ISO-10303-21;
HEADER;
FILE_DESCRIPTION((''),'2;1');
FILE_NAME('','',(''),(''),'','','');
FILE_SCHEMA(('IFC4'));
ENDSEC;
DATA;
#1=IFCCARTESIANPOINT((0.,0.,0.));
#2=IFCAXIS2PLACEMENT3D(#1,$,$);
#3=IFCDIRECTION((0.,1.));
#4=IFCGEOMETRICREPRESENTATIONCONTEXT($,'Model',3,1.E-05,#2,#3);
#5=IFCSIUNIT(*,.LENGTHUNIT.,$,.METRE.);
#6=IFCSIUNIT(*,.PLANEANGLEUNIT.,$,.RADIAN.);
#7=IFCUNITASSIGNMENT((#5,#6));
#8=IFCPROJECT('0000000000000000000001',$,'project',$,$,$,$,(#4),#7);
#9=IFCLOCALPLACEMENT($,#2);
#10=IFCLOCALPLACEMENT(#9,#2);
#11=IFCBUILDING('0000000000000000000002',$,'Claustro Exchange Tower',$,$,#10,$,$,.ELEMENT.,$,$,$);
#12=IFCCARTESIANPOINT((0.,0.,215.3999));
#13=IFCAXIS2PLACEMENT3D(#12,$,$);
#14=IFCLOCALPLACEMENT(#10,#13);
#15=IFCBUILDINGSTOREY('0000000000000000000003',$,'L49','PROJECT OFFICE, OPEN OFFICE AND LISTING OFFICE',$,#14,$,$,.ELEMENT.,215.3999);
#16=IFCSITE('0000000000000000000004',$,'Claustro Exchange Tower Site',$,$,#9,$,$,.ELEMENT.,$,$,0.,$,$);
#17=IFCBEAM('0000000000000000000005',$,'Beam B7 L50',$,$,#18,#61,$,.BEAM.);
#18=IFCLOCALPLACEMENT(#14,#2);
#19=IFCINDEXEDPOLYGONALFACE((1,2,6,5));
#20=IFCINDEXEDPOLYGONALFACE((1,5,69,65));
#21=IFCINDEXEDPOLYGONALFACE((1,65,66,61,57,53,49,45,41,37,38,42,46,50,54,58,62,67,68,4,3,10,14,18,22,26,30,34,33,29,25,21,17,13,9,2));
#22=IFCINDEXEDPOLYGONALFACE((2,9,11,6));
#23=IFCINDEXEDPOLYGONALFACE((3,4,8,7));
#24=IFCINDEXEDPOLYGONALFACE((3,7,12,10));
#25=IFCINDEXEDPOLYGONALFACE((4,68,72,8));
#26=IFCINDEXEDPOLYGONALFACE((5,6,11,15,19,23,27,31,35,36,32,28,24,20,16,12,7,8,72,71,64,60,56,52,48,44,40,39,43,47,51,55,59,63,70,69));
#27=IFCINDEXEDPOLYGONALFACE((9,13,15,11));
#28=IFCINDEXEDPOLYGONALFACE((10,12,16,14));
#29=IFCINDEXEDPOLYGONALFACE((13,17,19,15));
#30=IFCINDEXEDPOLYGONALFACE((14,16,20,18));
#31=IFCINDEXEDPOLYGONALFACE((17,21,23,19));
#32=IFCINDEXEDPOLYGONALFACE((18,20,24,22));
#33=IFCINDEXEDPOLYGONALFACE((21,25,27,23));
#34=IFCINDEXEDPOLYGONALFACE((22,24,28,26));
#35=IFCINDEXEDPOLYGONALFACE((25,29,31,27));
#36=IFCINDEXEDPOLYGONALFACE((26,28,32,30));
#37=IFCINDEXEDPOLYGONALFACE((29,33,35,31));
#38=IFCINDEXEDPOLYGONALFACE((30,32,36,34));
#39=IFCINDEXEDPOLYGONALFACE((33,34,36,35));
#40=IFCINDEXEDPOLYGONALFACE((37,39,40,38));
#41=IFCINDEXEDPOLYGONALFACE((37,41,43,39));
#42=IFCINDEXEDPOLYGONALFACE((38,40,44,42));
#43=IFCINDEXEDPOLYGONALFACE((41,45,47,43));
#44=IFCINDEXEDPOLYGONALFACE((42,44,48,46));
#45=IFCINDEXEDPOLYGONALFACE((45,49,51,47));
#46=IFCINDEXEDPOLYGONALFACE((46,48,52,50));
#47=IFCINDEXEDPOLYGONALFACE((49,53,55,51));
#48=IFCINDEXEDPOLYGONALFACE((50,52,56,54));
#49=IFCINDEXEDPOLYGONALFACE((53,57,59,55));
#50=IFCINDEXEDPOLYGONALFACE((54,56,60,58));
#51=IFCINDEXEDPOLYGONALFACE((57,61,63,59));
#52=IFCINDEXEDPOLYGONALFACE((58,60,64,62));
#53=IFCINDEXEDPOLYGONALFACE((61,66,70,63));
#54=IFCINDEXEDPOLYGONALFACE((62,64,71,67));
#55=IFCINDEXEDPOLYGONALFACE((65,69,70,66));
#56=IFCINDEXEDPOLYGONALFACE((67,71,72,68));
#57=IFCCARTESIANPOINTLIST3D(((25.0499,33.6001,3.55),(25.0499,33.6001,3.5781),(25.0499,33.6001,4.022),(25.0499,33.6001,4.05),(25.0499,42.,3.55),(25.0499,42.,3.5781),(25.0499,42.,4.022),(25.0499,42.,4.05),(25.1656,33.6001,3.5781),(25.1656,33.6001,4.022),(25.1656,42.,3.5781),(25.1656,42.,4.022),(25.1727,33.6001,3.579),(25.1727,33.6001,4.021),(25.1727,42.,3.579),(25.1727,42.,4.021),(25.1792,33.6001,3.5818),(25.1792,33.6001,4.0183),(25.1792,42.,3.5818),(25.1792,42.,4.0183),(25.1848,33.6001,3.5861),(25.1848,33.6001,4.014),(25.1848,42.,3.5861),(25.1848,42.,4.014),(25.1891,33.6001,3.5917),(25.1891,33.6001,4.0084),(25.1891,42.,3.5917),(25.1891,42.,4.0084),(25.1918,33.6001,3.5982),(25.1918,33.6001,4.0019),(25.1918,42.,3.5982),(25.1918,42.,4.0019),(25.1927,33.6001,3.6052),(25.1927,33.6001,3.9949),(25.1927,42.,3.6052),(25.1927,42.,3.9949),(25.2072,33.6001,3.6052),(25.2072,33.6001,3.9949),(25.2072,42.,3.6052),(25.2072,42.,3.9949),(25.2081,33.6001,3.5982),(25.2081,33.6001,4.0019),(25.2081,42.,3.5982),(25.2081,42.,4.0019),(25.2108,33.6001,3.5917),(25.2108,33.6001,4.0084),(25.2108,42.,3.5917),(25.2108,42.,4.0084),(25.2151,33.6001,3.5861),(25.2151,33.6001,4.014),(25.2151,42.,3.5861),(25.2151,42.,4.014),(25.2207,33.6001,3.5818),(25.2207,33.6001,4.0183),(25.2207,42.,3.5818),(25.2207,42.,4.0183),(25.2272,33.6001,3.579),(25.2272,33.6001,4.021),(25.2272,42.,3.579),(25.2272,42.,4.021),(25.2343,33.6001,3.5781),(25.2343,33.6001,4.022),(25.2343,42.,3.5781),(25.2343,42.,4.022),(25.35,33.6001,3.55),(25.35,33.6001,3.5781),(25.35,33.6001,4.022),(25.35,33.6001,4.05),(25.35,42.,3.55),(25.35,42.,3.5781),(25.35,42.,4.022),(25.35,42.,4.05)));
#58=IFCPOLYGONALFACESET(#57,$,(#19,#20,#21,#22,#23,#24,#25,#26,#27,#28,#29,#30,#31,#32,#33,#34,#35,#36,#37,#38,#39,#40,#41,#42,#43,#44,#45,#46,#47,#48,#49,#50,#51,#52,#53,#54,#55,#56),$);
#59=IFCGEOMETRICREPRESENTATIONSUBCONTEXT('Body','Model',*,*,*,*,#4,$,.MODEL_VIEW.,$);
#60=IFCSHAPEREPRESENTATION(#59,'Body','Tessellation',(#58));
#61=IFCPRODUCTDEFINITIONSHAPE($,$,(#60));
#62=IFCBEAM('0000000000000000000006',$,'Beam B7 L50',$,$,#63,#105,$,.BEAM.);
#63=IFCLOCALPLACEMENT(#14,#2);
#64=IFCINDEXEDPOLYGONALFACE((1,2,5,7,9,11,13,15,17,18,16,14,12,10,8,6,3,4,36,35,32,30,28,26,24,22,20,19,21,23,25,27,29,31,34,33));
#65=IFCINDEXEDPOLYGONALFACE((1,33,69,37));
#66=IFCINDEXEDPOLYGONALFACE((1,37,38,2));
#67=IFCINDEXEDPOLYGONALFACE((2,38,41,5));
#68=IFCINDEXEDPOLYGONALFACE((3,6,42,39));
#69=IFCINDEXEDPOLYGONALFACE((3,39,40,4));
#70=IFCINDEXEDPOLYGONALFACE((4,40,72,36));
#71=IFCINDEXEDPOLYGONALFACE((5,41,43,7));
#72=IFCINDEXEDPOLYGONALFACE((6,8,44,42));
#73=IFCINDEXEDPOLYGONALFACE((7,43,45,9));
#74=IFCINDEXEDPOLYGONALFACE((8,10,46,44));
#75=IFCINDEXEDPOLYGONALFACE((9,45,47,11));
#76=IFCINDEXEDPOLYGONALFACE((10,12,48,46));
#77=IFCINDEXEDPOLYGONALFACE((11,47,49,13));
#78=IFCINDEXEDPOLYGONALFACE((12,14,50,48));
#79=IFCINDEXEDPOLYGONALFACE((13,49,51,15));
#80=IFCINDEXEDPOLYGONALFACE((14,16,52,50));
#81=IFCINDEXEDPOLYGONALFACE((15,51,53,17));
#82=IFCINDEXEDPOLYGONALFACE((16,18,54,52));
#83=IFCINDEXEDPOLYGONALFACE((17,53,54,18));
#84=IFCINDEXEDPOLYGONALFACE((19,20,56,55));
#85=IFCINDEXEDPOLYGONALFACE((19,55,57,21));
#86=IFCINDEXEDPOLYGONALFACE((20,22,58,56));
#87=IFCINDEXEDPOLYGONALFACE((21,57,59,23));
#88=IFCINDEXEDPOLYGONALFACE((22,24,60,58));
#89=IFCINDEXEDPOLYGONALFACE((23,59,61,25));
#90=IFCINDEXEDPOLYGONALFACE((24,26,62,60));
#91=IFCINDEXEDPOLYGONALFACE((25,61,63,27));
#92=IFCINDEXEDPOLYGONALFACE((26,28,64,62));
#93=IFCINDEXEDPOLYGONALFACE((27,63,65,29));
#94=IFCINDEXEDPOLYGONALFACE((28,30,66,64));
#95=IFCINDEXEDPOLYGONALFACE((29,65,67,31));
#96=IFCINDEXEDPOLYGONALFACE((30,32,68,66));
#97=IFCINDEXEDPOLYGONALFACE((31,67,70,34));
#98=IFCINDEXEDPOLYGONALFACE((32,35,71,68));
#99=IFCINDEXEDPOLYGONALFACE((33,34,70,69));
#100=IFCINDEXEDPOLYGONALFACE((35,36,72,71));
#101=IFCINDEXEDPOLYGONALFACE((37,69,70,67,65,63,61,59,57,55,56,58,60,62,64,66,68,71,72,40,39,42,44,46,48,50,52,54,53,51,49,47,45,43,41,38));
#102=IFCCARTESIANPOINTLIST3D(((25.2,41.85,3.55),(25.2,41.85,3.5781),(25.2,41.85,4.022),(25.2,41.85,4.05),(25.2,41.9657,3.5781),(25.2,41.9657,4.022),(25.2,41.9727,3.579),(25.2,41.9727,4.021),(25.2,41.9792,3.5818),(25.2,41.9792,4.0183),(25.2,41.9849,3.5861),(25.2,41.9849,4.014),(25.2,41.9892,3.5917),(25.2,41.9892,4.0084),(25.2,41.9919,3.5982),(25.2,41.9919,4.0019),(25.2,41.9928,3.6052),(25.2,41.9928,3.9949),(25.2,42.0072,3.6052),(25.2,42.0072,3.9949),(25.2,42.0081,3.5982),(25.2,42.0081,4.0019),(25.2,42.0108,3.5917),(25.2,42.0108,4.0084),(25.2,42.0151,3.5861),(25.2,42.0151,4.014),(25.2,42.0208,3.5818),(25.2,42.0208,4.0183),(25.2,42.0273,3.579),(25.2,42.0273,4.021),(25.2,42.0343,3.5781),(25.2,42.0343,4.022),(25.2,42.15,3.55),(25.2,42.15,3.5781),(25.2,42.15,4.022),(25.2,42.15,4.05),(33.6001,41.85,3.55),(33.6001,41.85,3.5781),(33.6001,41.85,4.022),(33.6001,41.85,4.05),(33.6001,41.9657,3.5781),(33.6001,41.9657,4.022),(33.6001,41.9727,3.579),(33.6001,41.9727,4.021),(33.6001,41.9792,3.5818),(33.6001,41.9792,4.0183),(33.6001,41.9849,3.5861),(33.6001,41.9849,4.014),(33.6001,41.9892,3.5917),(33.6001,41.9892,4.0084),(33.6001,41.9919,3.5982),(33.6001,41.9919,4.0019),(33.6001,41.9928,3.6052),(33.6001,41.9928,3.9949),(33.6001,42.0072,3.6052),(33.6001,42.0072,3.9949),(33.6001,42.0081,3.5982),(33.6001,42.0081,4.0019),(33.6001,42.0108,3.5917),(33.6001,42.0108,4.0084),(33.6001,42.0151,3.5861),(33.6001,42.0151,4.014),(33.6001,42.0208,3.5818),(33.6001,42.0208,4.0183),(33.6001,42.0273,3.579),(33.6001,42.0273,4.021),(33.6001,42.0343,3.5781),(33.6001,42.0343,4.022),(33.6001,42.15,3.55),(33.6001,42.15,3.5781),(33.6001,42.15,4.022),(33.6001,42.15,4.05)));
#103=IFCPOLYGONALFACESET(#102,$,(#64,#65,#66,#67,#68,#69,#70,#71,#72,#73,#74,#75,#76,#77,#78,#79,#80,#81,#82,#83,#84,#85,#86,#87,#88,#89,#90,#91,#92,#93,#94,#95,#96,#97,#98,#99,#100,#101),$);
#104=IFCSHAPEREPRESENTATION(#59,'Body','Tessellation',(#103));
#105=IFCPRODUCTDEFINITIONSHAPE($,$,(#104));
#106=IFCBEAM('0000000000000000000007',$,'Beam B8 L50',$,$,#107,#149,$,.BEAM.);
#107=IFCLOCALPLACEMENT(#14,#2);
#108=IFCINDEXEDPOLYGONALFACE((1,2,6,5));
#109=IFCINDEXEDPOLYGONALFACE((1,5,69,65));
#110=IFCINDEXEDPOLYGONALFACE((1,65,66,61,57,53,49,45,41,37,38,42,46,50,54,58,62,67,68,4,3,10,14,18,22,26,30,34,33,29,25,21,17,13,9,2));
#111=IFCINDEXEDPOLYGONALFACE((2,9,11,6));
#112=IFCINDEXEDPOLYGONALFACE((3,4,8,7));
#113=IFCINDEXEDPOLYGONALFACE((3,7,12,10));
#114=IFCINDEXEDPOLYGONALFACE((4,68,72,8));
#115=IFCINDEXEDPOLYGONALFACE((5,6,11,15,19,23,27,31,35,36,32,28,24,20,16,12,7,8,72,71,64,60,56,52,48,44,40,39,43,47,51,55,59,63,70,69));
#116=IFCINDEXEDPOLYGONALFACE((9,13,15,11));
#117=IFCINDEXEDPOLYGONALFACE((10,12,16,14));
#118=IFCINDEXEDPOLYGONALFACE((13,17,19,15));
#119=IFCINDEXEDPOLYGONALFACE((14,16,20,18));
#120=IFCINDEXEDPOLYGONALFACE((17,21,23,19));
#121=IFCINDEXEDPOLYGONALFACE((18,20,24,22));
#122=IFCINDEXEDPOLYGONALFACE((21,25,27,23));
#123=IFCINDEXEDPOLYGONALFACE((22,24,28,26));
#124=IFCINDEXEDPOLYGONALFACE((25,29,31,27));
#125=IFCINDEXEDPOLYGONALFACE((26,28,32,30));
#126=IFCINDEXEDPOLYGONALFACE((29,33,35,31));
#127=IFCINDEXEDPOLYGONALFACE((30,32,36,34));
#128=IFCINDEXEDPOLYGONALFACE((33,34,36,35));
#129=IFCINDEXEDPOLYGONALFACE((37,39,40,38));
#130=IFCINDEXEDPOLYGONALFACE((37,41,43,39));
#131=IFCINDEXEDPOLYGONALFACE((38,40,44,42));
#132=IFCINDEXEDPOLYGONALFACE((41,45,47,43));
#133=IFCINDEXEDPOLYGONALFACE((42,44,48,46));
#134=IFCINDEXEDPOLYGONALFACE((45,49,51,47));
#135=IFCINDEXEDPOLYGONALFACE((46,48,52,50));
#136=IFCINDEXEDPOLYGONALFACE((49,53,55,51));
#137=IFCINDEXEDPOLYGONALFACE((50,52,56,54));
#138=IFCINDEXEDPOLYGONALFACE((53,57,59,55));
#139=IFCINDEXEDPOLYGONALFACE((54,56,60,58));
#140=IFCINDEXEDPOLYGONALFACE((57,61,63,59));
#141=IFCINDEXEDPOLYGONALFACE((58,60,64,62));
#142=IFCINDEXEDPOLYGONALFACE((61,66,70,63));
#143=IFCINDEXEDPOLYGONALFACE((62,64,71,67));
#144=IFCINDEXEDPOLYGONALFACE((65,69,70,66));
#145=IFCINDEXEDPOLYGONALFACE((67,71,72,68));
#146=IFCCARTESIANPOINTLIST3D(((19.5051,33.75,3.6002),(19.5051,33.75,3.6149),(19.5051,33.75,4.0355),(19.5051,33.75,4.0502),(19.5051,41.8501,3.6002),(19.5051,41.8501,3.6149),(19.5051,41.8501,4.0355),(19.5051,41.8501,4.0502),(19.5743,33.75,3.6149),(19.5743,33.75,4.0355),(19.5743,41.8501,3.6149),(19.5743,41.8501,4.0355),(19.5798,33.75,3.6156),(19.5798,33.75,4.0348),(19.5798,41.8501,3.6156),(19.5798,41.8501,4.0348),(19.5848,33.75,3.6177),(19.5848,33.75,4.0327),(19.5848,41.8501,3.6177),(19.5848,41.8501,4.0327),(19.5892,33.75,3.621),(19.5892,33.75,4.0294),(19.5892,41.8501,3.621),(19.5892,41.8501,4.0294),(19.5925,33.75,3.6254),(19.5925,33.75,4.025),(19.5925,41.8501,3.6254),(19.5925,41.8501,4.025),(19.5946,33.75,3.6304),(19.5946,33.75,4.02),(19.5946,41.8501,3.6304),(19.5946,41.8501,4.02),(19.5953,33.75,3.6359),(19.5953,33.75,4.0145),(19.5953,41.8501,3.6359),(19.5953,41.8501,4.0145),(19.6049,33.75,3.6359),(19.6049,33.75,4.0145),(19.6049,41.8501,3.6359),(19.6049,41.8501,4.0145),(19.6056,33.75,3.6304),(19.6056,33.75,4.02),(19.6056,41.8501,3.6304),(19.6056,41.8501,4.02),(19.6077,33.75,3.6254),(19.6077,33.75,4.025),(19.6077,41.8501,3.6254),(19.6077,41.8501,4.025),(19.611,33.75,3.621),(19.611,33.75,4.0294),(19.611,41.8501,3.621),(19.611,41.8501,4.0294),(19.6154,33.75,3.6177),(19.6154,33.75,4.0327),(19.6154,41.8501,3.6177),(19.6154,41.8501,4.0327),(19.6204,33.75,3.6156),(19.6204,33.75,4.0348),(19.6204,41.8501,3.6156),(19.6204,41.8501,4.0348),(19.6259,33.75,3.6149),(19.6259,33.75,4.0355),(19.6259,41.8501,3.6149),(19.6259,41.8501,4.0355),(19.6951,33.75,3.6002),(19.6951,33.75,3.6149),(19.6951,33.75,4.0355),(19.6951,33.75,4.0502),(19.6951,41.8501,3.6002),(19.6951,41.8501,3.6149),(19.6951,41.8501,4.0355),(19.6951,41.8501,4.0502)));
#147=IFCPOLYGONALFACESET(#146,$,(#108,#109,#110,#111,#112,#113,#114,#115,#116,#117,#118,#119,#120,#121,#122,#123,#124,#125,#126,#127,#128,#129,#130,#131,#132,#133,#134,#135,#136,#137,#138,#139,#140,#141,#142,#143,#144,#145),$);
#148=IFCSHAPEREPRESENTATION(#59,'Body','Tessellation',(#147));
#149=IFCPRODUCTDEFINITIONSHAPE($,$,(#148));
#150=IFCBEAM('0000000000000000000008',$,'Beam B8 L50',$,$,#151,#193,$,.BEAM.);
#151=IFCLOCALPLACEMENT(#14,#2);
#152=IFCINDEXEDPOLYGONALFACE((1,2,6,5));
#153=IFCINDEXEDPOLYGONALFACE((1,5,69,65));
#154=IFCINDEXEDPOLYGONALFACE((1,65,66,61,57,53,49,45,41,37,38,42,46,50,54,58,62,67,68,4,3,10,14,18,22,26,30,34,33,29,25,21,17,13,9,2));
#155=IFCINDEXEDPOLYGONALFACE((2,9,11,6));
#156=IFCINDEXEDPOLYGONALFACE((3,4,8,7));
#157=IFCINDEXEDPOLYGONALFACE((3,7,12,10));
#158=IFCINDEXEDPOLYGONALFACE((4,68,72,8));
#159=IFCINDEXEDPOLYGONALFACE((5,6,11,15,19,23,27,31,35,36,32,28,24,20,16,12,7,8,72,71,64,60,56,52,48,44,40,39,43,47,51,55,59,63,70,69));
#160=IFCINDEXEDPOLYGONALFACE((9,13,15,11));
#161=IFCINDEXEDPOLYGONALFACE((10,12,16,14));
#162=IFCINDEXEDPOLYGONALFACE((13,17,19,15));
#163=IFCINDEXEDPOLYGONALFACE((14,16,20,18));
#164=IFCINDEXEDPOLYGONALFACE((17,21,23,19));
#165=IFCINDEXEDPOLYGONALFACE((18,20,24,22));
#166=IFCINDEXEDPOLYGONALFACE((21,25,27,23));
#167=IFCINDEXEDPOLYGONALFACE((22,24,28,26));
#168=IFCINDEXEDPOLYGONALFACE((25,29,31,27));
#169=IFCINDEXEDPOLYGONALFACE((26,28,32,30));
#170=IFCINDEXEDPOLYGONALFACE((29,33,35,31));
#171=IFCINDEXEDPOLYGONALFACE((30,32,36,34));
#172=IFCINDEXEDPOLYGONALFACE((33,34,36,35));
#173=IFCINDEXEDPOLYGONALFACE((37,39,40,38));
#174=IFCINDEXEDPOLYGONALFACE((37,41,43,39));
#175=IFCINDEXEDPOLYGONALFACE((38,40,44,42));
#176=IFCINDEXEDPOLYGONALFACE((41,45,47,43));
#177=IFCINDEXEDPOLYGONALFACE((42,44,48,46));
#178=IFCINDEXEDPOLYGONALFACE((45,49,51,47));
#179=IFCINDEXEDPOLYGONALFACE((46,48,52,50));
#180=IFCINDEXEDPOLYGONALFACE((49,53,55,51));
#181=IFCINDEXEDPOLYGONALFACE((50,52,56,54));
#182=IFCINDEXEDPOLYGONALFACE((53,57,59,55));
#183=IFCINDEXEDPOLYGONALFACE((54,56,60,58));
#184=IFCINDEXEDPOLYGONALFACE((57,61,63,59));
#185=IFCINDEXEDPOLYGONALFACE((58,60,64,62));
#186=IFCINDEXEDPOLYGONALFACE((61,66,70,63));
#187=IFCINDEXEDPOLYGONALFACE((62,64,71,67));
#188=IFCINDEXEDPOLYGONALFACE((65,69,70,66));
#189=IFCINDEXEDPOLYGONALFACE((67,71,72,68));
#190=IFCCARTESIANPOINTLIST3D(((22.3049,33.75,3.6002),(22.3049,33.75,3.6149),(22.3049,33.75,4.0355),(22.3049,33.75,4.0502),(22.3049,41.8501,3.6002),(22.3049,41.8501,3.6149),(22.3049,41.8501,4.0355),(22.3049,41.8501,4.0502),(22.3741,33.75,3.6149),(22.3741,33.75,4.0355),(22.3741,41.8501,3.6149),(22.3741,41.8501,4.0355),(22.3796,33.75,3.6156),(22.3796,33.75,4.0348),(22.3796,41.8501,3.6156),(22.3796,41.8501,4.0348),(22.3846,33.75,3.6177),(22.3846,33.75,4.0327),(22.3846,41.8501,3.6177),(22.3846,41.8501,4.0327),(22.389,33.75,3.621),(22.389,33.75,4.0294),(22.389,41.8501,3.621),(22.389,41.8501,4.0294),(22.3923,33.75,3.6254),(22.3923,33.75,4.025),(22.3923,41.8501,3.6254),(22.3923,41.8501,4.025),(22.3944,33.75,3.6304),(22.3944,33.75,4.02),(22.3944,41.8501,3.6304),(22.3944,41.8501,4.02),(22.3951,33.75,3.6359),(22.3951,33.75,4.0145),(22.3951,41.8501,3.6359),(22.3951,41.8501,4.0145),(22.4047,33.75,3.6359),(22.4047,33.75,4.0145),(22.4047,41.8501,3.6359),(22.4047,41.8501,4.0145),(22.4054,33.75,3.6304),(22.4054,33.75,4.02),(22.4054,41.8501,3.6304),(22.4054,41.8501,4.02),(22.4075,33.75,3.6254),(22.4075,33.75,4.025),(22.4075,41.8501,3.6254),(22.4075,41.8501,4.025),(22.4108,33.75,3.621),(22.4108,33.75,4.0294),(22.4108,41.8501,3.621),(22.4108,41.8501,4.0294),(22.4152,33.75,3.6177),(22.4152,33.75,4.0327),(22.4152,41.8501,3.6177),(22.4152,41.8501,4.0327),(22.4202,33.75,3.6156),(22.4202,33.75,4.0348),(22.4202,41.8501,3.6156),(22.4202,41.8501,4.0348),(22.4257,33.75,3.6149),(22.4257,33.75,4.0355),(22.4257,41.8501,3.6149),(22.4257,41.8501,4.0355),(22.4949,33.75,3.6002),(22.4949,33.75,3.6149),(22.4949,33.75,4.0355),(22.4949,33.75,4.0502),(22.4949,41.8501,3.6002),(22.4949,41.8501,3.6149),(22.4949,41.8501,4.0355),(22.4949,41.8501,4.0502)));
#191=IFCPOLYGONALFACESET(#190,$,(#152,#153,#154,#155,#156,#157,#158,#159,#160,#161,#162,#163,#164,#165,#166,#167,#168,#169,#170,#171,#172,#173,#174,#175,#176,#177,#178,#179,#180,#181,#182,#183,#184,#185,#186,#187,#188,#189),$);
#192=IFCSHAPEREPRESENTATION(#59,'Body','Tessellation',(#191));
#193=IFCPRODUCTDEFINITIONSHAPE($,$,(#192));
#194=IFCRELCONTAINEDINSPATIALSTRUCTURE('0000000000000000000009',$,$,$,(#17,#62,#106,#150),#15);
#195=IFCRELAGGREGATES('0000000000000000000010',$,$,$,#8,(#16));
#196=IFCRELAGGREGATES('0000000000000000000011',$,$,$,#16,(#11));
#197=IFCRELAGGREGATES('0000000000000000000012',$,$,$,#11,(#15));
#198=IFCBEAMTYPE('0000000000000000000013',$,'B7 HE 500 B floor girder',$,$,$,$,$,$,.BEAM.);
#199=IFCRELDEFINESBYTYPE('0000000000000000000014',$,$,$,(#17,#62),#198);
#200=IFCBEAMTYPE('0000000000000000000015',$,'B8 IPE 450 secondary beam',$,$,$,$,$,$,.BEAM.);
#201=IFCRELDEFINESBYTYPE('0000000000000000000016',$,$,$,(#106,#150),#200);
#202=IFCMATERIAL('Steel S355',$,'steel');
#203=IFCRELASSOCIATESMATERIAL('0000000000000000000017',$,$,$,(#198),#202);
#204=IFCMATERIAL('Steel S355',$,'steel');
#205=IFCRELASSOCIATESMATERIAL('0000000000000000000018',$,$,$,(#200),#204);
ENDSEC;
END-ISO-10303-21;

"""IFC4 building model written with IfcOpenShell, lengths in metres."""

from ifc_helpers import new_model, si_unit, direction, frame, origin, origin_2d, place, context, subcontext, project, spatial, i_section, extrude, material, material_profile, profile_set, type_object, element, save


model = new_model("IFC4")

# Units and contexts
model_context = context("Model", 3, precision=1e-05, world=origin(), true_north=direction((0.0, 1.0)))
body_context = subcontext(model_context, "Body", "Model", "MODEL_VIEW")
ifc_project = project(units=[si_unit("LENGTHUNIT", "METRE"), si_unit("PLANEANGLEUNIT", "RADIAN")], contexts=[model_context])

# Site, building, storey
site_placement = place(None, origin())
site = spatial("IfcSite", under=ifc_project, at=site_placement, Name="Claustro Exchange Tower Site", CompositionType="ELEMENT", RefElevation=0.0)
building_placement = place(site_placement, origin())
building = spatial("IfcBuilding", under=site, at=building_placement, Name="Claustro Exchange Tower", CompositionType="ELEMENT")
storey_placement = place(building_placement, frame((0.0, 0.0, 215.3999)))
storey = spatial("IfcBuildingStorey", under=building, at=storey_placement, Name="L49", Description="PROJECT OFFICE, OPEN OFFICE AND LISTING OFFICE", CompositionType="ELEMENT", Elevation=215.3999)

# Beams
ifc_material_1 = material(Name="Steel S355", Category="steel")
ifc_material_profile_1 = material_profile(ifc_material_1, i_section(OverallWidth=0.3, OverallDepth=0.5, WebThickness=0.0144, FlangeThickness=0.0281, FilletRadius=0.0271, at=origin_2d()), Name="HE 500 B")
ifc_profile_set_1 = profile_set([ifc_material_profile_1], Name="Steel S355")
beam_type_1 = type_object("IfcBeamType", Name="B7 HE 500 B floor girder", PredefinedType="BEAM", material=ifc_profile_set_1)
beam_1_placement = place(storey_placement, frame((25.2, 33.6001, 3.8), z_axis=(0.0, 1.0, 0.0), x_axis=(-1.0, 0.0, 0.0)))
element("IfcBeam", 1, at=beam_1_placement, inside=storey, type_object=beam_type_1, Name="Beam B7 L50", PredefinedType="BEAM", context=body_context, shape_type="SweptSolid", body=[
    extrude(i_section(OverallWidth=0.3, OverallDepth=0.5, WebThickness=0.0144, FlangeThickness=0.0281, FilletRadius=0.0271, at=origin_2d()), origin(), (0.0, 0.0, 1.0), 8.3999),
])
beam_2_placement = place(storey_placement, frame((25.2, 42.0, 3.8), z_axis=(1.0, 0.0, 0.0), x_axis=(0.0, 1.0, 0.0)))
element("IfcBeam", 2, at=beam_2_placement, inside=storey, type_object=beam_type_1, Name="Beam B7 L50", PredefinedType="BEAM", context=body_context, shape_type="SweptSolid", body=[
    extrude(i_section(OverallWidth=0.3, OverallDepth=0.5, WebThickness=0.0144, FlangeThickness=0.0281, FilletRadius=0.0271, at=origin_2d()), origin(), (0.0, 0.0, 1.0), 8.4001),
])
ifc_material_2 = material(Name="Steel S355", Category="steel")
ifc_material_profile_2 = material_profile(ifc_material_2, i_section(OverallWidth=0.1899, OverallDepth=0.45, WebThickness=0.0095, FlangeThickness=0.0146, FilletRadius=0.021, at=origin_2d()), Name="IPE 450")
ifc_profile_set_2 = profile_set([ifc_material_profile_2], Name="Steel S355")
beam_type_2 = type_object("IfcBeamType", Name="B8 IPE 450 secondary beam", PredefinedType="BEAM", material=ifc_profile_set_2)
for number, where, z_axis, x_axis, name in (
    (3, (19.6001, 33.75, 3.8252), (0.0, 1.0, 0.0), (-1.0, 0.0, 0.0), "Beam B8 L50"),
    (4, (22.3999, 33.75, 3.8252), (0.0, 1.0, 0.0), (-1.0, 0.0, 0.0), "Beam B8 L50"),
):
    element("IfcBeam", number, at=place(storey_placement, frame(where, z_axis=z_axis, x_axis=x_axis)), inside=storey, type_object=beam_type_2, Name=name, PredefinedType="BEAM", context=body_context, shape_type="SweptSolid", body=[
        extrude(i_section(OverallWidth=0.1899, OverallDepth=0.45, WebThickness=0.0095, FlangeThickness=0.0146, FilletRadius=0.021, at=origin_2d()), origin(), (0.0, 0.0, 1.0), 8.1001),
    ])

save(model, "model.ifc")
